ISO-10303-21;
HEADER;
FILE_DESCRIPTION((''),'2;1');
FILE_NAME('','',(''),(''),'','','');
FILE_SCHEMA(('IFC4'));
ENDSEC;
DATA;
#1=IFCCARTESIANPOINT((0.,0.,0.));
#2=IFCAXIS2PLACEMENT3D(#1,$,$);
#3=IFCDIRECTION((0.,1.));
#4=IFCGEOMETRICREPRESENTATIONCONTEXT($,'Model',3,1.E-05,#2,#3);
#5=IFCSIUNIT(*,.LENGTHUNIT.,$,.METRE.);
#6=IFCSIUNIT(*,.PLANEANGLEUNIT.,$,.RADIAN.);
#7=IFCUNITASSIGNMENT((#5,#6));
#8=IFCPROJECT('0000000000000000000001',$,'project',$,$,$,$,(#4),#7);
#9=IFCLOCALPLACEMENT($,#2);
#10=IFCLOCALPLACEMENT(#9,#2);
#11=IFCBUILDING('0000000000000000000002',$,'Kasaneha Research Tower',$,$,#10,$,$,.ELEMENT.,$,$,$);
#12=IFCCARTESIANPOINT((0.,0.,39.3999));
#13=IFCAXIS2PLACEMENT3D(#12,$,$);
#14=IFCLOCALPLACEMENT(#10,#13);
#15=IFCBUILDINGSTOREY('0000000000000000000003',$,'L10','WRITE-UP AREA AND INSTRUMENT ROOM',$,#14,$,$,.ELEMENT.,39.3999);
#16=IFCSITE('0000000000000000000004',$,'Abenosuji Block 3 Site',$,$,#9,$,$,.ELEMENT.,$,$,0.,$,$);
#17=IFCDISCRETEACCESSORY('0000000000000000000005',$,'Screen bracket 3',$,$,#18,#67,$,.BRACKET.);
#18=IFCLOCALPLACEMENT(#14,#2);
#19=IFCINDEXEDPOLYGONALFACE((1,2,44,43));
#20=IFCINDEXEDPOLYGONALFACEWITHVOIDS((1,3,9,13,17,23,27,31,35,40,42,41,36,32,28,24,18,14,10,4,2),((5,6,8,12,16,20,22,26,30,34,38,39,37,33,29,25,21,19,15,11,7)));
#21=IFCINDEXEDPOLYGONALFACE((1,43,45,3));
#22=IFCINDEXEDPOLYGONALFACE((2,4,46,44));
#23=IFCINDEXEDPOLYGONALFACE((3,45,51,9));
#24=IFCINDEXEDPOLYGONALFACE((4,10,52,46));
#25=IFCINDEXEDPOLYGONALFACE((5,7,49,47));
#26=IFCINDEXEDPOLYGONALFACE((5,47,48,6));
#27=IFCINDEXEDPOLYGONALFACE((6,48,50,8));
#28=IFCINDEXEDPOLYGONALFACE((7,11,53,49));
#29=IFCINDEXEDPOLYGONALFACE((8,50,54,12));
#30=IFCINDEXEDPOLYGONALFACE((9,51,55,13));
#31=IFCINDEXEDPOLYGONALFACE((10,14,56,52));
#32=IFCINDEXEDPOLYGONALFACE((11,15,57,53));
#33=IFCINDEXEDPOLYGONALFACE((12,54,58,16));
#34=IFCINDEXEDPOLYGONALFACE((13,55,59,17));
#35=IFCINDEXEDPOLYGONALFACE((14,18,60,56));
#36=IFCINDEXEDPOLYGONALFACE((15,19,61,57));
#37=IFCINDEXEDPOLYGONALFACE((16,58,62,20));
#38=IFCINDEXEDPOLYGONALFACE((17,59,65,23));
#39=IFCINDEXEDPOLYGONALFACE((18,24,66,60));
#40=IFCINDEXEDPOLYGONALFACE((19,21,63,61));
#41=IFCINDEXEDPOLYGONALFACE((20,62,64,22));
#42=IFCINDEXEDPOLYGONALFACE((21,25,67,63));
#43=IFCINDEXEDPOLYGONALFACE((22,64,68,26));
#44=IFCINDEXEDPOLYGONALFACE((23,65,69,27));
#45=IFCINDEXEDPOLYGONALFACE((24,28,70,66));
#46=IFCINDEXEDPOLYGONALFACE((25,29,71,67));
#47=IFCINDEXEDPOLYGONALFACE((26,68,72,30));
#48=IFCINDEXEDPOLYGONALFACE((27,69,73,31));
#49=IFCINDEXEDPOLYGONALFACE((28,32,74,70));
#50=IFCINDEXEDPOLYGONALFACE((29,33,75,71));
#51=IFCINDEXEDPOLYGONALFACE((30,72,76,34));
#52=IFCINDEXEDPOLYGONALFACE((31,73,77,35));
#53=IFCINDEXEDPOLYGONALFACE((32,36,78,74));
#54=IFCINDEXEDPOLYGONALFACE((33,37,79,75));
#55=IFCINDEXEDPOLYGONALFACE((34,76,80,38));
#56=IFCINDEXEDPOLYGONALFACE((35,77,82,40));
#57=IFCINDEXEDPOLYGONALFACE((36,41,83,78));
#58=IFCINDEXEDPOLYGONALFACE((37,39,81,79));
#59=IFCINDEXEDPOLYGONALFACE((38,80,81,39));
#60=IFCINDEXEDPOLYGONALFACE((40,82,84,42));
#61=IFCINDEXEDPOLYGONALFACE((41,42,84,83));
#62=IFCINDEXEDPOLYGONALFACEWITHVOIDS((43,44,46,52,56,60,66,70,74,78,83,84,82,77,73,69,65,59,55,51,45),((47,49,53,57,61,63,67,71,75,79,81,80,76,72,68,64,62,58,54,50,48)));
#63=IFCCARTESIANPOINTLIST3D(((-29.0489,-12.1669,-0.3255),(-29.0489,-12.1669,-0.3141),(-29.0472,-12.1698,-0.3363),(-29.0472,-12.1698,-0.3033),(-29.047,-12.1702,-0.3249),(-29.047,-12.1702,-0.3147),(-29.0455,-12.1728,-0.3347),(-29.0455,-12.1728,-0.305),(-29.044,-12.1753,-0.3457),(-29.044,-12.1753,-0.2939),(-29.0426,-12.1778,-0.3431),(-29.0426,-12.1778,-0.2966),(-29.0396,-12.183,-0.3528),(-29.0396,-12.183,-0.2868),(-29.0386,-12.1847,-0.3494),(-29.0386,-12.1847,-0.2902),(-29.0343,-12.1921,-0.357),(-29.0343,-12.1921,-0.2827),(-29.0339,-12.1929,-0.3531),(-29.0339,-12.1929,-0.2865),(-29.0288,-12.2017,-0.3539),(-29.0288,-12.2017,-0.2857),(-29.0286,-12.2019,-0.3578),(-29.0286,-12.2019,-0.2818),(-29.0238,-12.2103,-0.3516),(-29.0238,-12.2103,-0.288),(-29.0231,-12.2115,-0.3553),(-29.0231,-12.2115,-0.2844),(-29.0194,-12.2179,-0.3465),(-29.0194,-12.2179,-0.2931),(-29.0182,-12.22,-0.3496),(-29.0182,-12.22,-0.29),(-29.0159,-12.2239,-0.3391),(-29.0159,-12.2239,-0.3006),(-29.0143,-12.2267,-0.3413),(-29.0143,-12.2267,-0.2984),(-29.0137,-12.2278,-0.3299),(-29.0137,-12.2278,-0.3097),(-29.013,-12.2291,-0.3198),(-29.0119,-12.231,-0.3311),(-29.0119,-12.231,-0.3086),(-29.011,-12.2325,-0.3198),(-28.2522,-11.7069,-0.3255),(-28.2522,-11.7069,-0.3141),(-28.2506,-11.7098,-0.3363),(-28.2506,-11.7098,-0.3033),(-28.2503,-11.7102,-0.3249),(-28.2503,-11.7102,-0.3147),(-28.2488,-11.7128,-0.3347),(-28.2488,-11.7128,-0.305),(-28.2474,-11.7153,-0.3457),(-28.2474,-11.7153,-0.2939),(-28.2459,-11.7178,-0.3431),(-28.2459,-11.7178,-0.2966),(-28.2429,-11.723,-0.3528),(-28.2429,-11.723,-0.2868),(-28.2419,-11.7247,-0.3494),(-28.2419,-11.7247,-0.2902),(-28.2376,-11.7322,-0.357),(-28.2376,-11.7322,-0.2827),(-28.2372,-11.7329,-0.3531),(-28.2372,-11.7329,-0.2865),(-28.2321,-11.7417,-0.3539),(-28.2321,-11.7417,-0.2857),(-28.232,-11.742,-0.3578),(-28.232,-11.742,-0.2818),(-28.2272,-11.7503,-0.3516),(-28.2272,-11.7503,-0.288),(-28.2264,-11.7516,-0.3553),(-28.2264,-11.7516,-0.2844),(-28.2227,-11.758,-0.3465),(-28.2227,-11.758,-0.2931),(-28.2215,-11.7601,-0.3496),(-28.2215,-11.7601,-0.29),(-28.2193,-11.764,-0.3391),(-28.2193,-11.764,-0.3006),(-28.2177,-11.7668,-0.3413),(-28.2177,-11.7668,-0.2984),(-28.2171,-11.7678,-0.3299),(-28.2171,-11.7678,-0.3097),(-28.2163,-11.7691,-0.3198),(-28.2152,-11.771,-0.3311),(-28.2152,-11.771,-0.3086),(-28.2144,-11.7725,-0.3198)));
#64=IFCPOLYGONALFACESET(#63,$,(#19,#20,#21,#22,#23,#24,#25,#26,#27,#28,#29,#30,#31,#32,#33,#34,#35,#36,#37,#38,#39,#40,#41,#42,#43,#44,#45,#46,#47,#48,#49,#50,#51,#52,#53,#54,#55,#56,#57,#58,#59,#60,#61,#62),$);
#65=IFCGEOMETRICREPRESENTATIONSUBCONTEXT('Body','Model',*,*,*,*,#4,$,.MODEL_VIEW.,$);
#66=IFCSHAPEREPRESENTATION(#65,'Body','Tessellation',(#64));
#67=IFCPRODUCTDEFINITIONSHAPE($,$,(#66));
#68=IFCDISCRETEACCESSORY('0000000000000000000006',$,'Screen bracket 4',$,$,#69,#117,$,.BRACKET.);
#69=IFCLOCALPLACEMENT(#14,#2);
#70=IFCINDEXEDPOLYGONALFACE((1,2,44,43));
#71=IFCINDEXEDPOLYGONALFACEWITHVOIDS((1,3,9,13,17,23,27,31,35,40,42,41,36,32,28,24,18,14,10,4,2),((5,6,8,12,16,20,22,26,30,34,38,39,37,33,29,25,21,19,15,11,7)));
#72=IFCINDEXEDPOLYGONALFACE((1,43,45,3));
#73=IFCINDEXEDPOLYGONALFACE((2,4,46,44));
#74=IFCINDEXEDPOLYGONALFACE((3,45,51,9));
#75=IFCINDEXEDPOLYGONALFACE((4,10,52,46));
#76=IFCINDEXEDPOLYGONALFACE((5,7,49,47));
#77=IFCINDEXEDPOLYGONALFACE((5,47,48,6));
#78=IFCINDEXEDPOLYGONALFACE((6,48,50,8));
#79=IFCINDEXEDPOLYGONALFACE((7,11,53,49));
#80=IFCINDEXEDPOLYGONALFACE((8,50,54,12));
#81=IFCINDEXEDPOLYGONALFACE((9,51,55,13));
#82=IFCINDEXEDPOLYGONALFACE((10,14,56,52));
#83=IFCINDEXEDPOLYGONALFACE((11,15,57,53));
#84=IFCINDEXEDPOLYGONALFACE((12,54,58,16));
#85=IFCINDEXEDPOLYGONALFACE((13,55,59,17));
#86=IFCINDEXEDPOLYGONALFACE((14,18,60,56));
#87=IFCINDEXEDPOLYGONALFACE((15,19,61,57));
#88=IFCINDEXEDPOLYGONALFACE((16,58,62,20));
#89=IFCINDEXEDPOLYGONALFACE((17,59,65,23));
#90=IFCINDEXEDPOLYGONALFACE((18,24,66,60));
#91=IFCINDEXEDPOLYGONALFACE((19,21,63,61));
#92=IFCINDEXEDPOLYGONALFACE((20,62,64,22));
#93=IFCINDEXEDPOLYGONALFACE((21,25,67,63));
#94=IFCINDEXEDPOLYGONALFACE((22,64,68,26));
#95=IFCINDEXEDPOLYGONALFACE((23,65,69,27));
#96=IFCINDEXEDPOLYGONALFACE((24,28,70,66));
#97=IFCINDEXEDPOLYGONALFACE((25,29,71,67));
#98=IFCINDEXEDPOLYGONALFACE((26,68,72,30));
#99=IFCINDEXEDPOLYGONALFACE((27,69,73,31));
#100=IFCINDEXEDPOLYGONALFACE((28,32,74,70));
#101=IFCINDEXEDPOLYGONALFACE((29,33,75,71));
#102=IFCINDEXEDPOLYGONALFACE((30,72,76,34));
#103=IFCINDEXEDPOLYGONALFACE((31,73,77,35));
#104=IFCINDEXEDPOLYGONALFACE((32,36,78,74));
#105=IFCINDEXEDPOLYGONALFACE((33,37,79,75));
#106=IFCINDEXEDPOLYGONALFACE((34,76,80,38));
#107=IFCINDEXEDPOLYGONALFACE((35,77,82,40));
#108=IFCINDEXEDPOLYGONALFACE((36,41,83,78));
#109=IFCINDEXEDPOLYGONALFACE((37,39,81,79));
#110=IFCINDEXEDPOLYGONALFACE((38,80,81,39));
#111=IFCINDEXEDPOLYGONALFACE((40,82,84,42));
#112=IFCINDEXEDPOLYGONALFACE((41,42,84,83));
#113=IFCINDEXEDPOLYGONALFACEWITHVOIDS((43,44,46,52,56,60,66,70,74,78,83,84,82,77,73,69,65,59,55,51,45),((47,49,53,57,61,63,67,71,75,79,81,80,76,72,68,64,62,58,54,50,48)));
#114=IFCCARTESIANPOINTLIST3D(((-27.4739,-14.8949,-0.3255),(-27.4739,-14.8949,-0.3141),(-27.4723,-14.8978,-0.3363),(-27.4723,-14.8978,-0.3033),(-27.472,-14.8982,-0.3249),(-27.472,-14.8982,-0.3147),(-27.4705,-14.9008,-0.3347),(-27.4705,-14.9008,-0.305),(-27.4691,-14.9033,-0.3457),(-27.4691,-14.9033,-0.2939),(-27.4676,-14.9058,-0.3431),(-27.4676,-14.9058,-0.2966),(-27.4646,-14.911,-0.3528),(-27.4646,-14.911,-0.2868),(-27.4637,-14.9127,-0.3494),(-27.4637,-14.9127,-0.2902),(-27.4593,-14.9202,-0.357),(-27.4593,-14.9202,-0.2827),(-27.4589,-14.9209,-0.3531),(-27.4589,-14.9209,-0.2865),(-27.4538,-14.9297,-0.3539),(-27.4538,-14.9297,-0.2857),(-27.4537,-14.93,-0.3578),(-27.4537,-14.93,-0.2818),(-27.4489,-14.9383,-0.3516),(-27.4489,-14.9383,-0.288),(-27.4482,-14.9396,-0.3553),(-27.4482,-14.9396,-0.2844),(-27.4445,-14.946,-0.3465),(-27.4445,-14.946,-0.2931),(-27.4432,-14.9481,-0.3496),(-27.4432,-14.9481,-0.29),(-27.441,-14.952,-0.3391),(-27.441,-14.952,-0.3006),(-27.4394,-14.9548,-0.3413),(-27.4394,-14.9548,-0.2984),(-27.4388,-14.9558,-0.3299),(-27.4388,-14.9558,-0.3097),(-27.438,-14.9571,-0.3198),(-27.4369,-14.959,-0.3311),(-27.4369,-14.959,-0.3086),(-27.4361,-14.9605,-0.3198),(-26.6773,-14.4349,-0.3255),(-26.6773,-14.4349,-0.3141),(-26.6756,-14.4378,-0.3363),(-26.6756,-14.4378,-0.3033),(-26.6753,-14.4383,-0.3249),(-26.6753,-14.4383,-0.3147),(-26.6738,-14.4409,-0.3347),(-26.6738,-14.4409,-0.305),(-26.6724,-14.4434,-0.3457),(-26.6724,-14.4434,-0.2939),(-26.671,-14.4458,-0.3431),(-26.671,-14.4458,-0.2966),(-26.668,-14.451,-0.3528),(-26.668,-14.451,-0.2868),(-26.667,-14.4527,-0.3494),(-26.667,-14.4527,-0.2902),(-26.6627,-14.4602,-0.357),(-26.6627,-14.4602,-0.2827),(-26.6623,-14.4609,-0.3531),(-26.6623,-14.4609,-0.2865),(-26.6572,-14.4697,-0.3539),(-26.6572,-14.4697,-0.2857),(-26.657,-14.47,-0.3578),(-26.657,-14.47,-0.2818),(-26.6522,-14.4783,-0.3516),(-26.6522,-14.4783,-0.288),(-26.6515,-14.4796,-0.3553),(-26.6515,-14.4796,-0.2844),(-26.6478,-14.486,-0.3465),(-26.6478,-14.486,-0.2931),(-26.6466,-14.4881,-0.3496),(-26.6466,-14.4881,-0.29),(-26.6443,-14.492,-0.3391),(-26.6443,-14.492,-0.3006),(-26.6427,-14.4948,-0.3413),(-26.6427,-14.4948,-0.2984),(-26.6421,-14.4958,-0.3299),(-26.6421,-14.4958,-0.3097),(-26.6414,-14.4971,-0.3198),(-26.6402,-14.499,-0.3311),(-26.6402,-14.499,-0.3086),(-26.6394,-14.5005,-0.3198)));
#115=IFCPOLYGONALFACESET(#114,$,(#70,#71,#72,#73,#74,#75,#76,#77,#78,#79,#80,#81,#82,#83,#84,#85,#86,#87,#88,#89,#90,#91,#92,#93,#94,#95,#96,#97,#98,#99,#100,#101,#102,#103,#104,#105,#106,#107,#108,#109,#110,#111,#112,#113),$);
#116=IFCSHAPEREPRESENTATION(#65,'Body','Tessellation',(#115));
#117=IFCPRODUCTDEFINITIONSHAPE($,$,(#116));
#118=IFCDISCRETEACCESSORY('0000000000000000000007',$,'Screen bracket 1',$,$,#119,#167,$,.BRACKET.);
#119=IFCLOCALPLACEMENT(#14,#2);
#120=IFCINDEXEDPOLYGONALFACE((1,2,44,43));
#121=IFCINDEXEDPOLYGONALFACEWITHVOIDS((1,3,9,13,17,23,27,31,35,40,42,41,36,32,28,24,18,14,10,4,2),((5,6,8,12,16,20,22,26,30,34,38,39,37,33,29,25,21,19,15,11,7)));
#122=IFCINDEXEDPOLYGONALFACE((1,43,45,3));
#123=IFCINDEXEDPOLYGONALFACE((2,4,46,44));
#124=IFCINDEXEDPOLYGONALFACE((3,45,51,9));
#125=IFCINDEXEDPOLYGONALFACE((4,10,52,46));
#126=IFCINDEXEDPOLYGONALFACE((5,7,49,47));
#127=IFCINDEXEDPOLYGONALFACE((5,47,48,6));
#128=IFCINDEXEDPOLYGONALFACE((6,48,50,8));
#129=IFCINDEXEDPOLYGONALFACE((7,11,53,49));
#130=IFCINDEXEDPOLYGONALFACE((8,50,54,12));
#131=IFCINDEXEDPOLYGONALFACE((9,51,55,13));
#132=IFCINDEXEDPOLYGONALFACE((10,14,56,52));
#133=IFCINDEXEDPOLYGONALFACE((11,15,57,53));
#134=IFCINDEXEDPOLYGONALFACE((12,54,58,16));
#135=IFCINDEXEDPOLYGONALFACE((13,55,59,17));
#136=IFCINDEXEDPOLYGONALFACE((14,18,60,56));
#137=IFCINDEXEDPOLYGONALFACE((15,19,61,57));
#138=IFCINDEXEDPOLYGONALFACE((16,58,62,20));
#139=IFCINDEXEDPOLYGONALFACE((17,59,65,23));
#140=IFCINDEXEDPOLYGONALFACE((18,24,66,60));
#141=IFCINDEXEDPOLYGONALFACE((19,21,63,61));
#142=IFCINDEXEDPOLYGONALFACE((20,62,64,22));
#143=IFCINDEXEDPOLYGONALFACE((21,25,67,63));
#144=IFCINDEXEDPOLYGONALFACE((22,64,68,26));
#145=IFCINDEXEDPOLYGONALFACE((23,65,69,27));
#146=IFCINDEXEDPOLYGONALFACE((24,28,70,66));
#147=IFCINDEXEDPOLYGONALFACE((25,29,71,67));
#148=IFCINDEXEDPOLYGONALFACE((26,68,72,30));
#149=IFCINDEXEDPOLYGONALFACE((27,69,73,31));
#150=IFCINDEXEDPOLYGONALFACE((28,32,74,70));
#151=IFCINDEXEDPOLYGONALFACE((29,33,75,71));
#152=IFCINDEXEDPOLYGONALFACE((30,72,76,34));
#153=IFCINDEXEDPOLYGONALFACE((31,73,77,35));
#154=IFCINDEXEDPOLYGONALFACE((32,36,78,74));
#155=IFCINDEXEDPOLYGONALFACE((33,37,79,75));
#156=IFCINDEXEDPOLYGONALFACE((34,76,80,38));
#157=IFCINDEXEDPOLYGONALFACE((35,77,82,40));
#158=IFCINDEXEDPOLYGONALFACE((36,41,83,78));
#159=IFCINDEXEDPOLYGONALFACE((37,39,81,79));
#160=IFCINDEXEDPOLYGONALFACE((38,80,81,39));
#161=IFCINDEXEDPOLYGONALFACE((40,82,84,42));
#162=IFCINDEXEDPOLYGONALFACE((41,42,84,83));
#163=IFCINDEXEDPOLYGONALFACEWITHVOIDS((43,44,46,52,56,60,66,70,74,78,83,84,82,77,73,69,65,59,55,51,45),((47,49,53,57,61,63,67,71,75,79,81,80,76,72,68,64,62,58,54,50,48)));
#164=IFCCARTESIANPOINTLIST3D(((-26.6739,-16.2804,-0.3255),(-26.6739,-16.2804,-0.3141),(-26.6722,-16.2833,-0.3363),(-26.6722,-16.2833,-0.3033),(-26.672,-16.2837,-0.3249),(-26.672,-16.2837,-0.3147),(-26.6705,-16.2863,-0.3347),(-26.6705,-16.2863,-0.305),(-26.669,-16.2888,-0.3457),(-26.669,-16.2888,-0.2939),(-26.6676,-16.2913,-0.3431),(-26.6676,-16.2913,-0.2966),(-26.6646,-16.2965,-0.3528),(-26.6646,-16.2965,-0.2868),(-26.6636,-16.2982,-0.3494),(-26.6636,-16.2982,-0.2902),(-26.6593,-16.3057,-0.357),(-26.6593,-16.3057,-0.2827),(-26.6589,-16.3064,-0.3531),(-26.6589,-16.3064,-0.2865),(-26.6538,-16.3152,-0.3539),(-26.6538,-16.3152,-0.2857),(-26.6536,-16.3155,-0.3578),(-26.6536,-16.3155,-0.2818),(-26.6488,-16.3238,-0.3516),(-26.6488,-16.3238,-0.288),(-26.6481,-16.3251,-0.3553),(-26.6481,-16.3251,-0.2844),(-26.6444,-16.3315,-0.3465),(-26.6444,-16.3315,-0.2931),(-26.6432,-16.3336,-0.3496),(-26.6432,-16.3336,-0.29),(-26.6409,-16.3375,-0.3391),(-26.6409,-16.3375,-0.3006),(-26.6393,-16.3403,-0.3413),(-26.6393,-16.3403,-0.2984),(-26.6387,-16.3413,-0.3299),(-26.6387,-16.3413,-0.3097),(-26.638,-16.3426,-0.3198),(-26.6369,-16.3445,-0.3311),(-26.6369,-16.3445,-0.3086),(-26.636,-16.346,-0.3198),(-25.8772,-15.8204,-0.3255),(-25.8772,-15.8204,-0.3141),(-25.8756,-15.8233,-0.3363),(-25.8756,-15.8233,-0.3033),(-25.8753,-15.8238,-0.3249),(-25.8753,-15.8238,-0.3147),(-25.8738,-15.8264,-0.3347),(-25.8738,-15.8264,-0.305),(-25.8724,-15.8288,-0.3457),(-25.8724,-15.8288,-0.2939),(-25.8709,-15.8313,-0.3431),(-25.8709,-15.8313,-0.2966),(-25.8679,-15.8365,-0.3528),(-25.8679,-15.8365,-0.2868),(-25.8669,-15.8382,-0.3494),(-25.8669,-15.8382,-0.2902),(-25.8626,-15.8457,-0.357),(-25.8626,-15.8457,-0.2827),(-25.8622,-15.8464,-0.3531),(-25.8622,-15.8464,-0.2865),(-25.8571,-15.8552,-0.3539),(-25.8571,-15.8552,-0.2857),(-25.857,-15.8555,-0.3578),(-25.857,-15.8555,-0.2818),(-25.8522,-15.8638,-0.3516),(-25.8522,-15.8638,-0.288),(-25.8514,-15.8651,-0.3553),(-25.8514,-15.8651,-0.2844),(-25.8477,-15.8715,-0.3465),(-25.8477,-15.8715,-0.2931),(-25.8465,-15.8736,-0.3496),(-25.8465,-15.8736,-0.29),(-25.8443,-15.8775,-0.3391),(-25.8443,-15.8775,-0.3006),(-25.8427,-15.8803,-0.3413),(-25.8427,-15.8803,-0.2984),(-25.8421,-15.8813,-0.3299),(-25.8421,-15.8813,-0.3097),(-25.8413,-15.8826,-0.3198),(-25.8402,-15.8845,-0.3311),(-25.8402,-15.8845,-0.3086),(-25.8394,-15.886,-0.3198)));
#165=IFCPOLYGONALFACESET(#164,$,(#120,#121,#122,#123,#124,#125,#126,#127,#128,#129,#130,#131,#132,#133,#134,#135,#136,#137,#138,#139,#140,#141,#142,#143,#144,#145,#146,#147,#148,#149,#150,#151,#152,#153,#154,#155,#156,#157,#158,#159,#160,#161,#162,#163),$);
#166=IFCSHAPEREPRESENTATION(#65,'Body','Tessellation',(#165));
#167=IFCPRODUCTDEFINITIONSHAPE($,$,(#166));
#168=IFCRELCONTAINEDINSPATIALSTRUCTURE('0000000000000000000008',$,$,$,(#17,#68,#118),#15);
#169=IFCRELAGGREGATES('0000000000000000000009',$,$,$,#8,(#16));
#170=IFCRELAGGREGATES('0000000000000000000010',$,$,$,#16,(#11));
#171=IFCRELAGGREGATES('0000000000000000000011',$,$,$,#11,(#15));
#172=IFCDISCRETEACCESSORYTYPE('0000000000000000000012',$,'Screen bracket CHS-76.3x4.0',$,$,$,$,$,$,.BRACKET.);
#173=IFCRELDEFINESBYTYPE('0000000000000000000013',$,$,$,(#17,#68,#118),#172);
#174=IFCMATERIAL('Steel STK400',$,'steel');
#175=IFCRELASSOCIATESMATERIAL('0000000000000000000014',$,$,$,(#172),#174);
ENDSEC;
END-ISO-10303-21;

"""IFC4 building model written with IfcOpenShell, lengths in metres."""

from ifc_helpers import new_model, si_unit, direction, frame, origin, origin_2d, place, context, subcontext, project, spatial, hollow_circle, extrude, material, material_profile, profile_set, type_object, element, save


model = new_model("IFC4")

# Units and contexts
model_context = context("Model", 3, precision=1e-05, world=origin(), true_north=direction((0.0, 1.0)))
body_context = subcontext(model_context, "Body", "Model", "MODEL_VIEW")
ifc_project = project(units=[si_unit("LENGTHUNIT", "METRE"), si_unit("PLANEANGLEUNIT", "RADIAN")], contexts=[model_context])

# Site, building, storey
site_placement = place(None, origin())
site = spatial("IfcSite", under=ifc_project, at=site_placement, Name="Abenosuji Block 3 Site", CompositionType="ELEMENT", RefElevation=0.0)
building_placement = place(site_placement, origin())
building = spatial("IfcBuilding", under=site, at=building_placement, Name="Kasaneha Research Tower", CompositionType="ELEMENT")
storey_placement = place(building_placement, frame((0.0, 0.0, 39.3999)))
storey = spatial("IfcBuildingStorey", under=building, at=storey_placement, Name="L10", Description="WRITE-UP AREA AND INSTRUMENT ROOM", CompositionType="ELEMENT", Elevation=39.3999)

# Discrete accessories
ifc_material_1 = material(Name="Steel STK400", Category="steel")
ifc_material_profile_1 = material_profile(ifc_material_1, hollow_circle(Radius=0.0381, WallThickness=0.0039, at=origin_2d()), Name="CHS-76.3x4.0")
ifc_profile_set_1 = profile_set([ifc_material_profile_1], Name="Steel STK400")
discrete_accessory_type = type_object("IfcDiscreteAccessoryType", Name="Screen bracket CHS-76.3x4.0", PredefinedType="BRACKET", material=ifc_profile_set_1)
for number, where, z_axis, x_axis, name in (
    (1, (-28.2334, -11.7395, -0.3198), (-0.866013, -0.500021, 0.0), (0.500021, -0.866013, 0.0), "Screen bracket 3"),
    (2, (-26.6584, -14.4675, -0.3198), (-0.866013, -0.500021, 0.0), (0.500021, -0.866013, 0.0), "Screen bracket 4"),
    (3, (-25.8584, -15.853, -0.3198), (-0.866013, -0.500021, 0.0), (0.500021, -0.866013, 0.0), "Screen bracket 1"),
):
    element("IfcDiscreteAccessory", number, at=place(storey_placement, frame(where, z_axis=z_axis, x_axis=x_axis)), inside=storey, type_object=discrete_accessory_type, Name=name, PredefinedType="BRACKET", context=body_context, shape_type="SweptSolid", body=[
        extrude(hollow_circle(Radius=0.0381, WallThickness=0.0039, at=origin_2d()), origin(), (0.0, 0.0, 1.0), 0.9199),
    ])

save(model, "model.ifc")
